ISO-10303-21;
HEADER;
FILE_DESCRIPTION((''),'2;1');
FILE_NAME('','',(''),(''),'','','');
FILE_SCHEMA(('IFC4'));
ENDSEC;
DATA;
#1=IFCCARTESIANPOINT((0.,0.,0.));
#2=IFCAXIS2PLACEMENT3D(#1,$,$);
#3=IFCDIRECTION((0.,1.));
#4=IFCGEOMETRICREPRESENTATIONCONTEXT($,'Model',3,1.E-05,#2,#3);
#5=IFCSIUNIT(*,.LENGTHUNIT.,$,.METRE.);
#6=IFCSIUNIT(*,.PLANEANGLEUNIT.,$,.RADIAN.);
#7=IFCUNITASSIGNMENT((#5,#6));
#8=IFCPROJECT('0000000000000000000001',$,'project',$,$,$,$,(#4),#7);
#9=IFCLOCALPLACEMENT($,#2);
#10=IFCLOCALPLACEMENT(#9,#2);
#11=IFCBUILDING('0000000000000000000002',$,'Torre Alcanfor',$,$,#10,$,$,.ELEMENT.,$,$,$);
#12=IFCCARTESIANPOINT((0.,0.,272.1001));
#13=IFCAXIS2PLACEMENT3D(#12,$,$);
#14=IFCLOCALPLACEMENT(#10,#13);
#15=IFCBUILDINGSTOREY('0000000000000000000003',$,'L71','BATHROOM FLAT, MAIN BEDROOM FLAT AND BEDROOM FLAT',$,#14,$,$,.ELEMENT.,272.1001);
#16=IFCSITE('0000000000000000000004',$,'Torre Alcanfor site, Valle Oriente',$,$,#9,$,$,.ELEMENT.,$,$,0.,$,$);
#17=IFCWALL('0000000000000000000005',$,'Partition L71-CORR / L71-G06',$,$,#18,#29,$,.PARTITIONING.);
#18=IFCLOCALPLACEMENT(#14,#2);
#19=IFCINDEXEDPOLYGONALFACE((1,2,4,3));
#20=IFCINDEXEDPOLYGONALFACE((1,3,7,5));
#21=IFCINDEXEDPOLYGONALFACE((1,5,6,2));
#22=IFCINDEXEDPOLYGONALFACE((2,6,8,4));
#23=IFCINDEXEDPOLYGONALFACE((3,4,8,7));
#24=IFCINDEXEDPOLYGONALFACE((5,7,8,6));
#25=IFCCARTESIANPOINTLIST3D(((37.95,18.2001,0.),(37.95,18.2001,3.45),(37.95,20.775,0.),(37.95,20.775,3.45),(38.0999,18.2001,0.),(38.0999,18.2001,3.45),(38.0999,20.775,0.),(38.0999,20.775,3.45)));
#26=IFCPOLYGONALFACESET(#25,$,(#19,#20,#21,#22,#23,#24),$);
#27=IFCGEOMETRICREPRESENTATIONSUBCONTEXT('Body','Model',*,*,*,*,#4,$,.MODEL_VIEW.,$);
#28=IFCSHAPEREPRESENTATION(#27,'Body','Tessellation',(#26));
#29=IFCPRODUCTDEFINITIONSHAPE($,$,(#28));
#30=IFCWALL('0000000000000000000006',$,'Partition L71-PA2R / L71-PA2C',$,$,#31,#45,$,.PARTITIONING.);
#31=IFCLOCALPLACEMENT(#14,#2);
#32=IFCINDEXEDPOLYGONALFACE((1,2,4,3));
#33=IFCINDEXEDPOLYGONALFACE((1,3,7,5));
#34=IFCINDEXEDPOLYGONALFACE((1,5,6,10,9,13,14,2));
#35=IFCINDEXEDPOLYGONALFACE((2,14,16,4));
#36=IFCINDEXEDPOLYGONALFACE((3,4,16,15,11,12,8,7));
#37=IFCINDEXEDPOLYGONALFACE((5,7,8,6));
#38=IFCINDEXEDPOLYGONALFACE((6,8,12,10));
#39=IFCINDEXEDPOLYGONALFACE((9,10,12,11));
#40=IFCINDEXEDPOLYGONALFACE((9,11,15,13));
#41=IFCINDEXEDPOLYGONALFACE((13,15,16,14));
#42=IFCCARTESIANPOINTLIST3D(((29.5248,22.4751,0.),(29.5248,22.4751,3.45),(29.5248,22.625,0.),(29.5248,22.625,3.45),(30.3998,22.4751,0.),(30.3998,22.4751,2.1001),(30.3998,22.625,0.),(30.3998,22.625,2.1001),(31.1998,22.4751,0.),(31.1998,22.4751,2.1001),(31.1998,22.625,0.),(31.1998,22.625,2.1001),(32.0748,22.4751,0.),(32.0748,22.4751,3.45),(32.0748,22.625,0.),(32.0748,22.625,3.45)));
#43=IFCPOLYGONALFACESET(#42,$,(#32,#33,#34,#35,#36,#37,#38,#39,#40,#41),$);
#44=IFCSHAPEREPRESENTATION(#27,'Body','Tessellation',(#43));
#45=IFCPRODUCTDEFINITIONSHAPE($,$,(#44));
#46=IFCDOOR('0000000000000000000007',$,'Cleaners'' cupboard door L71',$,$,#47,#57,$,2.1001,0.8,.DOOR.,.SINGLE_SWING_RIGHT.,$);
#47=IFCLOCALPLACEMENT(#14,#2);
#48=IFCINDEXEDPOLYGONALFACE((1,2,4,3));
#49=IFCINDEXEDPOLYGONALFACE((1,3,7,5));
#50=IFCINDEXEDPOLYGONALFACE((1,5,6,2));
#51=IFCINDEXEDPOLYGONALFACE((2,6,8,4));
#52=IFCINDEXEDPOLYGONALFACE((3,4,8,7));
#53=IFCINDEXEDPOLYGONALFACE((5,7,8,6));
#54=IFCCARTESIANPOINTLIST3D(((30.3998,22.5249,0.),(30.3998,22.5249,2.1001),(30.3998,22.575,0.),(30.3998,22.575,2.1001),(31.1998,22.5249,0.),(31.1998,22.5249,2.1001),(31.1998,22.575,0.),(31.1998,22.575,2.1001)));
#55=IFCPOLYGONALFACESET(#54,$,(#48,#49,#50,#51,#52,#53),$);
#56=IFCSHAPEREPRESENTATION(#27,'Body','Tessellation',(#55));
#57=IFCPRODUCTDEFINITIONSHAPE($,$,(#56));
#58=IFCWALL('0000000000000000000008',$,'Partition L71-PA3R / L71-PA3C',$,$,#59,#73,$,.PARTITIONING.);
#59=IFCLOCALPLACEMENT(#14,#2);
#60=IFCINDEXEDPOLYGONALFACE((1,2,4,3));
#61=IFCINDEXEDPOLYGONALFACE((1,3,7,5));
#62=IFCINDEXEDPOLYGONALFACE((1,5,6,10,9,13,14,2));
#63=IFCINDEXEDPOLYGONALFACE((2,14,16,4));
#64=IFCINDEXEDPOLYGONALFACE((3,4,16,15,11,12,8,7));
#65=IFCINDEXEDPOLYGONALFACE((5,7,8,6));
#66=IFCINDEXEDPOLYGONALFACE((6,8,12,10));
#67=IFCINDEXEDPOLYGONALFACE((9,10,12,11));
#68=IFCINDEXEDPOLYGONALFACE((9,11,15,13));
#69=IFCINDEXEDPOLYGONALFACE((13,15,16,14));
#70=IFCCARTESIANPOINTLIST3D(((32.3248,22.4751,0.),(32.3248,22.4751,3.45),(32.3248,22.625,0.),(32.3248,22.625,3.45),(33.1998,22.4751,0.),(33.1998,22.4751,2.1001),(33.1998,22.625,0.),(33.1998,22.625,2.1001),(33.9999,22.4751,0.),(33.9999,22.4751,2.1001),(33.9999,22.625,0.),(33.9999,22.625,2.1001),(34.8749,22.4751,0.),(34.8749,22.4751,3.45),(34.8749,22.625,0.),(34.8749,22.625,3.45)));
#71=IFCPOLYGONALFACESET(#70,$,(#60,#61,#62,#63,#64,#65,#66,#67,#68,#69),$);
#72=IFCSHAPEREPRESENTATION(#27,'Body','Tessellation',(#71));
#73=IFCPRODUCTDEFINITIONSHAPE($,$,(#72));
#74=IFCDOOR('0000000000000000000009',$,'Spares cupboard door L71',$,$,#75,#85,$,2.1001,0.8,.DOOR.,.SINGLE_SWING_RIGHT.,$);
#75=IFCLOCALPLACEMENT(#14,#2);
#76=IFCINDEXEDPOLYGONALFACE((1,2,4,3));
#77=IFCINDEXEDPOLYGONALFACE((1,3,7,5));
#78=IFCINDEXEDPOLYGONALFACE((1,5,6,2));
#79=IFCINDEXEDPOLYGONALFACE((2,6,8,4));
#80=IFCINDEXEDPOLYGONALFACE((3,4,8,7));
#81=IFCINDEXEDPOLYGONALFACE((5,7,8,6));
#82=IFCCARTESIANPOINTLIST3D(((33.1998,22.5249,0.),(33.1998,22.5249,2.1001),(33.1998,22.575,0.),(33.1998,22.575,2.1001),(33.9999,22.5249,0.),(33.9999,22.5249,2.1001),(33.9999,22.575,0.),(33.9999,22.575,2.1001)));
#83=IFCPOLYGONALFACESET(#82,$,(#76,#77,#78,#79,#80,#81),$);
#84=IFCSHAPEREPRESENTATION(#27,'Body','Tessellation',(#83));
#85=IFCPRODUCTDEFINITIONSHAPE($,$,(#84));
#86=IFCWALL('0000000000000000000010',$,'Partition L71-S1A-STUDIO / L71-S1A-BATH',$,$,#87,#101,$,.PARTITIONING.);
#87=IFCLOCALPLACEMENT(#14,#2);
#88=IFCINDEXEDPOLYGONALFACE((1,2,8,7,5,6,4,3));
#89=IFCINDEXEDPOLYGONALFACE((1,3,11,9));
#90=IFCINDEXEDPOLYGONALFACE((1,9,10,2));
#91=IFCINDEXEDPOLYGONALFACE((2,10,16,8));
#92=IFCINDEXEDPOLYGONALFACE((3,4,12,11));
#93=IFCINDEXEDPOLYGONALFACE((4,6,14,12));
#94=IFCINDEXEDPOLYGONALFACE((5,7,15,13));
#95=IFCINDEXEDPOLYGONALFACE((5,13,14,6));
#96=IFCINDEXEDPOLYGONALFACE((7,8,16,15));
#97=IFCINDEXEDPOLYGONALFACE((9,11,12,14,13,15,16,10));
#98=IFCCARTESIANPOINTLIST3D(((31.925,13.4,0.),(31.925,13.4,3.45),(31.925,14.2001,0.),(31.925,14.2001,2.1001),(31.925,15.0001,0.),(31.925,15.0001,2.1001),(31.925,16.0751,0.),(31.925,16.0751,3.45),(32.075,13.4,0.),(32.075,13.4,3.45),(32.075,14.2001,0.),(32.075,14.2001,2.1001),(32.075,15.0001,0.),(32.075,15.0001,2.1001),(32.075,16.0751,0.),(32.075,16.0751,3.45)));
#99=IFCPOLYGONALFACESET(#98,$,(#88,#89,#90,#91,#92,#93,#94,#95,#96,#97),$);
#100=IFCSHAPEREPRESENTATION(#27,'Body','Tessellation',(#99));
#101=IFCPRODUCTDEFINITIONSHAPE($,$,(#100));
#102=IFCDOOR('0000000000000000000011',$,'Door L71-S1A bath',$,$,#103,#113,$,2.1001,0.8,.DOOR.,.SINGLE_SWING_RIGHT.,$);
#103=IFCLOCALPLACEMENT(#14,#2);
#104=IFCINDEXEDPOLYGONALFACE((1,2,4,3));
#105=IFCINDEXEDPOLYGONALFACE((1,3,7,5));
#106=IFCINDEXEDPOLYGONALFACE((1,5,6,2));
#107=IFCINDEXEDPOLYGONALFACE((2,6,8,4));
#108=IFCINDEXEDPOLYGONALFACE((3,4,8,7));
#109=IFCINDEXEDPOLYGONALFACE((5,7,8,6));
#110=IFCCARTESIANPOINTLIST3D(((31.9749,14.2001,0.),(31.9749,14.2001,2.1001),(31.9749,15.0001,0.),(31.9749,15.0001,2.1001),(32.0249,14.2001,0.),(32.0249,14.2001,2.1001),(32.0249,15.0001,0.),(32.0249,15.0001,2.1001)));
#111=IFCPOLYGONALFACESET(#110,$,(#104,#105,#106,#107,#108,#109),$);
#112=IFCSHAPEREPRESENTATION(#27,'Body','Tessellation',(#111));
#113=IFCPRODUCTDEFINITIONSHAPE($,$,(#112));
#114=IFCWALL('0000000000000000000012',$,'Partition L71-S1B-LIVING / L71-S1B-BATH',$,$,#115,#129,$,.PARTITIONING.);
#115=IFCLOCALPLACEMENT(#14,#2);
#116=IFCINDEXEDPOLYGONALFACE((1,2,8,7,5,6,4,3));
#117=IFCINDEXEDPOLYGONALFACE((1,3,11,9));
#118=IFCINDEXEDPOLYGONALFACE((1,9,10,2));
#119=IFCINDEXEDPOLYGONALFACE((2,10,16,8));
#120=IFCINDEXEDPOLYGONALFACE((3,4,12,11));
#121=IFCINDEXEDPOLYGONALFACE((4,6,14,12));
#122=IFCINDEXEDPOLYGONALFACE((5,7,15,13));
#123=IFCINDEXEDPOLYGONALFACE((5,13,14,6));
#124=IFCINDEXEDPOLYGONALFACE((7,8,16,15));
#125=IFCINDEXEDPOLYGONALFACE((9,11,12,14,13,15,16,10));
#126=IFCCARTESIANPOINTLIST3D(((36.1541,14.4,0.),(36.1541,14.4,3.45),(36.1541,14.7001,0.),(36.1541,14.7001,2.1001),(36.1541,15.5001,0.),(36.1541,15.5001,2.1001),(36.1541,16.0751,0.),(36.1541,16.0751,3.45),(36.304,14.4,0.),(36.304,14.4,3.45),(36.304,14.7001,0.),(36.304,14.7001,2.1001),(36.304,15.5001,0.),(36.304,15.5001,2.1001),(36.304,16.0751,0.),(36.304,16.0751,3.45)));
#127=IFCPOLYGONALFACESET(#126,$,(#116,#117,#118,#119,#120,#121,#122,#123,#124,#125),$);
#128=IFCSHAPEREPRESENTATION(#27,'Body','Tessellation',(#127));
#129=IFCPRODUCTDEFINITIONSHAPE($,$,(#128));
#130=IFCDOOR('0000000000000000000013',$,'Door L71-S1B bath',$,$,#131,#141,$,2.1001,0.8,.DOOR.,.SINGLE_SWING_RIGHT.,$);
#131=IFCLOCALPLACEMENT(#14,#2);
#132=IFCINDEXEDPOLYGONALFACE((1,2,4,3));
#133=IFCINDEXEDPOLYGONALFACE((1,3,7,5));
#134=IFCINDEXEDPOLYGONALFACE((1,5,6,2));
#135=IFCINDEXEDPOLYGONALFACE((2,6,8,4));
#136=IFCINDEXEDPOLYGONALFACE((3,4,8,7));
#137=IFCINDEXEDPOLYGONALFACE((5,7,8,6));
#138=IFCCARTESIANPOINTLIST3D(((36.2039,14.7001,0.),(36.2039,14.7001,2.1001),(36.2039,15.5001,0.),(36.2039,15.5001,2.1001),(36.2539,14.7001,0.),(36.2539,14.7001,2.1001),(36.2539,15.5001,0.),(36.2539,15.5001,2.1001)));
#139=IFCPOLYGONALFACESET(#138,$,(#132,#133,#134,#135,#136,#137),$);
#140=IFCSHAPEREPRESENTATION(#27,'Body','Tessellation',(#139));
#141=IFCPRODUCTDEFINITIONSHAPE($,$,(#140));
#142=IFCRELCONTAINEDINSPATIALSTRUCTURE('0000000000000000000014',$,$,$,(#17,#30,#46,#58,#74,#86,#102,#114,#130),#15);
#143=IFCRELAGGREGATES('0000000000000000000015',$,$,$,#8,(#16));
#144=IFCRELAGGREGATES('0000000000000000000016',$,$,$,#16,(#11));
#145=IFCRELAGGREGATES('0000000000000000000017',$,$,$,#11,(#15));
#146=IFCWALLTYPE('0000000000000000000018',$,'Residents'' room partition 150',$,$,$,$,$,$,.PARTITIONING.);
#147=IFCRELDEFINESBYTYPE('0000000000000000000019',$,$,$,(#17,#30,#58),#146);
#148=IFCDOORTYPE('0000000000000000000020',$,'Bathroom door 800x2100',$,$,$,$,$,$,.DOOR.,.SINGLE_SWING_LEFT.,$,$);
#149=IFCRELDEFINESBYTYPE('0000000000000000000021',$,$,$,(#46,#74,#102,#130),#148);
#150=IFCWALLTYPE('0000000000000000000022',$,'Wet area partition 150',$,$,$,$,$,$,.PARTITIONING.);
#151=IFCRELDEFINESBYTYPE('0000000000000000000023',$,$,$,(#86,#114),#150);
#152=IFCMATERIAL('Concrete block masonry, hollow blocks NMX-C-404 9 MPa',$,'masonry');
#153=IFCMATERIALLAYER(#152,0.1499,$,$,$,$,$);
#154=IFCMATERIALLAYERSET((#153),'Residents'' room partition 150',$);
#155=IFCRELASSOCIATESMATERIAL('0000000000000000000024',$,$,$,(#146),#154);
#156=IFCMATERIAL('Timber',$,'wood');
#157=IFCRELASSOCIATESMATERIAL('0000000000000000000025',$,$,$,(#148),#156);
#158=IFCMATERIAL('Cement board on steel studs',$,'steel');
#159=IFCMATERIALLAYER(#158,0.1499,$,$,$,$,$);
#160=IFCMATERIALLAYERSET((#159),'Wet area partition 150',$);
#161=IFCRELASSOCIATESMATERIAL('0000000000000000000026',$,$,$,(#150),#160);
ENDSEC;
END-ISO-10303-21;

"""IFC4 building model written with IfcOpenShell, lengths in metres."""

from ifc_helpers import new_model, si_unit, direction, frame, frame_2d, origin, place, context, subcontext, project, spatial, rectangle, extrude, material, layer, layer_set, type_object, element, fill, save


model = new_model("IFC4")

# Units and contexts
model_context = context("Model", 3, precision=1e-05, world=origin(), true_north=direction((0.0, 1.0)))
body_context = subcontext(model_context, "Body", "Model", "MODEL_VIEW")
ifc_project = project(units=[si_unit("LENGTHUNIT", "METRE"), si_unit("PLANEANGLEUNIT", "RADIAN")], contexts=[model_context])

# Site, building, storey
site_placement = place(None, origin())
site = spatial("IfcSite", under=ifc_project, at=site_placement, Name="Torre Alcanfor site, Valle Oriente", CompositionType="ELEMENT", RefElevation=0.0)
building_placement = place(site_placement, origin())
building = spatial("IfcBuilding", under=site, at=building_placement, Name="Torre Alcanfor", CompositionType="ELEMENT")
storey_placement = place(building_placement, frame((0.0, 0.0, 272.1001)))
storey = spatial("IfcBuildingStorey", under=building, at=storey_placement, Name="L71", Description="BATHROOM FLAT, MAIN BEDROOM FLAT AND BEDROOM FLAT", CompositionType="ELEMENT", Elevation=272.1001)

# Shared definitions
ifc_material_1 = material(Name="Concrete block masonry, hollow blocks NMX-C-404 9 MPa", Category="masonry")
ifc_layer_1 = layer(ifc_material_1, 0.1499)
ifc_layer_set_1 = layer_set([ifc_layer_1], Name="Residents' room partition 150")
wall_type_1 = type_object("IfcWallType", Name="Residents' room partition 150", PredefinedType="PARTITIONING", material=ifc_layer_set_1)

# Wall
wall_1_placement = place(storey_placement, frame((38.0249, 18.2, 0.0), z_axis=(0.0, 0.0, 1.0), x_axis=(0.0, 1.0, 0.0)))
element("IfcWall", 1, at=wall_1_placement, inside=storey, type_object=wall_type_1, Name="Partition L71-CORR / L71-G06", PredefinedType="PARTITIONING", context=body_context, shape_type="SweptSolid", body=[
    extrude(rectangle(XDim=2.575, YDim=0.1499, at=frame_2d((1.2876, 0.0))), origin(), (0.0, 0.0, 1.0), 3.45),
])

# Walls, openings, doors
wall_2_placement = place(storey_placement, frame((29.5249, 22.55, 0.0), z_axis=(0.0, 0.0, 1.0), x_axis=(1.0, 0.0, 0.0)))
wall_2 = element("IfcWall", 2, at=wall_2_placement, inside=storey, type_object=wall_type_1, Name="Partition L71-PA2R / L71-PA2C", PredefinedType="PARTITIONING", context=body_context, shape_type="SweptSolid", body=[
    extrude(rectangle(XDim=2.55, YDim=0.1499, at=frame_2d((1.2749, 0.0))), origin(), (0.0, 0.0, 1.0), 3.45),
])
opening_1_placement = place(wall_2_placement, frame((0.875, 0.0, 0.0)))
opening_1 = element("IfcOpeningElement", 3, at=opening_1_placement, cuts=wall_2, PredefinedType="OPENING", context=body_context, shape_type="SweptSolid", body=[
    extrude(rectangle(XDim=0.8, YDim=2.1001, at=frame_2d((0.3999, 1.05))), frame((0.0, 0.085, 0.0), z_axis=(0.0, -1.0, 0.0), x_axis=(1.0, 0.0, 0.0)), (0.0, 0.0, 1.0), 0.1699),
])
ifc_material_2 = material(Name="Timber", Category="wood")
door_type_1 = type_object("IfcDoorType", Name="Bathroom door 800x2100", OperationType="SINGLE_SWING_LEFT", PredefinedType="DOOR", material=ifc_material_2)
door_1_placement = place(opening_1_placement, frame((0.8, 0.0, 0.0), z_axis=(0.0, 0.0, 1.0), x_axis=(-1.0, 0.0, 0.0)))
door_1 = element("IfcDoor", 4, at=door_1_placement, inside=storey, type_object=door_type_1, Name="Cleaners' cupboard door L71", OperationType="SINGLE_SWING_RIGHT", OverallHeight=2.1001, OverallWidth=0.8, PredefinedType="DOOR", context=body_context, shape_type="SweptSolid", body=[
    extrude(rectangle(XDim=0.8, YDim=2.1001, at=frame_2d((0.4001, 1.05))), frame((0.0, 0.0251, 0.0), z_axis=(0.0, -1.0, 0.0), x_axis=(1.0, 0.0, 0.0)), (0.0, 0.0, 1.0), 0.05),
])
fill(opening_1, door_1)
wall_3_placement = place(storey_placement, frame((32.325, 22.55, 0.0), z_axis=(0.0, 0.0, 1.0), x_axis=(1.0, 0.0, 0.0)))
wall_3 = element("IfcWall", 5, at=wall_3_placement, inside=storey, type_object=wall_type_1, Name="Partition L71-PA3R / L71-PA3C", PredefinedType="PARTITIONING", context=body_context, shape_type="SweptSolid", body=[
    extrude(rectangle(XDim=2.55, YDim=0.1499, at=frame_2d((1.2749, 0.0))), origin(), (0.0, 0.0, 1.0), 3.45),
])
opening_2_placement = place(wall_3_placement, frame((0.875, 0.0, 0.0)))
opening_2 = element("IfcOpeningElement", 6, at=opening_2_placement, cuts=wall_3, PredefinedType="OPENING", context=body_context, shape_type="SweptSolid", body=[
    extrude(rectangle(XDim=0.8, YDim=2.1001, at=frame_2d((0.3999, 1.05))), frame((0.0, 0.085, 0.0), z_axis=(0.0, -1.0, 0.0), x_axis=(1.0, 0.0, 0.0)), (0.0, 0.0, 1.0), 0.1699),
])
door_2_placement = place(opening_2_placement, frame((0.8, 0.0, 0.0), z_axis=(0.0, 0.0, 1.0), x_axis=(-1.0, 0.0, 0.0)))
door_2 = element("IfcDoor", 7, at=door_2_placement, inside=storey, type_object=door_type_1, Name="Spares cupboard door L71", OperationType="SINGLE_SWING_RIGHT", OverallHeight=2.1001, OverallWidth=0.8, PredefinedType="DOOR", context=body_context, shape_type="SweptSolid", body=[
    extrude(rectangle(XDim=0.8, YDim=2.1001, at=frame_2d((0.4001, 1.05))), frame((0.0, 0.0251, 0.0), z_axis=(0.0, -1.0, 0.0), x_axis=(1.0, 0.0, 0.0)), (0.0, 0.0, 1.0), 0.05),
])
fill(opening_2, door_2)
ifc_material_3 = material(Name="Cement board on steel studs", Category="steel")
ifc_layer_2 = layer(ifc_material_3, 0.1499)
ifc_layer_set_2 = layer_set([ifc_layer_2], Name="Wet area partition 150")
wall_type_2 = type_object("IfcWallType", Name="Wet area partition 150", PredefinedType="PARTITIONING", material=ifc_layer_set_2)
wall_4_placement = place(storey_placement, frame((32.0, 16.075, 0.0), z_axis=(0.0, 0.0, 1.0), x_axis=(0.0, -1.0, 0.0)))
wall_4 = element("IfcWall", 8, at=wall_4_placement, inside=storey, type_object=wall_type_2, Name="Partition L71-S1A-STUDIO / L71-S1A-BATH", PredefinedType="PARTITIONING", context=body_context, shape_type="SweptSolid", body=[
    extrude(rectangle(XDim=2.675, YDim=0.1499, at=frame_2d((1.3374, 0.0))), origin(), (0.0, 0.0, 1.0), 3.45),
])
opening_3_placement = place(wall_4_placement, frame((1.075, 0.0, 0.0)))
opening_3 = element("IfcOpeningElement", 9, at=opening_3_placement, cuts=wall_4, PredefinedType="OPENING", context=body_context, shape_type="SweptSolid", body=[
    extrude(rectangle(XDim=0.8, YDim=2.1001, at=frame_2d((0.3999, 1.05))), frame((0.0, 0.085, 0.0), z_axis=(0.0, -1.0, 0.0), x_axis=(1.0, 0.0, 0.0)), (0.0, 0.0, 1.0), 0.1699),
])
door_3_placement = place(opening_3_placement, origin())
door_3 = element("IfcDoor", 10, at=door_3_placement, inside=storey, type_object=door_type_1, Name="Door L71-S1A bath", OperationType="SINGLE_SWING_RIGHT", OverallHeight=2.1001, OverallWidth=0.8, PredefinedType="DOOR", context=body_context, shape_type="SweptSolid", body=[
    extrude(rectangle(XDim=0.8, YDim=2.1001, at=frame_2d((0.3999, 1.05))), frame((0.0, 0.0249, 0.0), z_axis=(0.0, -1.0, 0.0), x_axis=(1.0, 0.0, 0.0)), (0.0, 0.0, 1.0), 0.05),
])
fill(opening_3, door_3)
wall_5_placement = place(storey_placement, frame((36.229, 16.075, 0.0), z_axis=(0.0, 0.0, 1.0), x_axis=(0.0, -1.0, 0.0)))
wall_5 = element("IfcWall", 11, at=wall_5_placement, inside=storey, type_object=wall_type_2, Name="Partition L71-S1B-LIVING / L71-S1B-BATH", PredefinedType="PARTITIONING", context=body_context, shape_type="SweptSolid", body=[
    extrude(rectangle(XDim=1.675, YDim=0.1499, at=frame_2d((0.8374, 0.0))), origin(), (0.0, 0.0, 1.0), 3.45),
])
opening_4_placement = place(wall_5_placement, frame((0.575, 0.0, 0.0)))
opening_4 = element("IfcOpeningElement", 12, at=opening_4_placement, cuts=wall_5, PredefinedType="OPENING", context=body_context, shape_type="SweptSolid", body=[
    extrude(rectangle(XDim=0.8, YDim=2.1001, at=frame_2d((0.3999, 1.05))), frame((0.0, 0.085, 0.0), z_axis=(0.0, -1.0, 0.0), x_axis=(1.0, 0.0, 0.0)), (0.0, 0.0, 1.0), 0.1699),
])
door_4_placement = place(opening_4_placement, origin())
door_4 = element("IfcDoor", 13, at=door_4_placement, inside=storey, type_object=door_type_1, Name="Door L71-S1B bath", OperationType="SINGLE_SWING_RIGHT", OverallHeight=2.1001, OverallWidth=0.8, PredefinedType="DOOR", context=body_context, shape_type="SweptSolid", body=[
    extrude(rectangle(XDim=0.8, YDim=2.1001, at=frame_2d((0.3999, 1.05))), frame((0.0, 0.0249, 0.0), z_axis=(0.0, -1.0, 0.0), x_axis=(1.0, 0.0, 0.0)), (0.0, 0.0, 1.0), 0.05),
])
fill(opening_4, door_4)

save(model, "model.ifc")
